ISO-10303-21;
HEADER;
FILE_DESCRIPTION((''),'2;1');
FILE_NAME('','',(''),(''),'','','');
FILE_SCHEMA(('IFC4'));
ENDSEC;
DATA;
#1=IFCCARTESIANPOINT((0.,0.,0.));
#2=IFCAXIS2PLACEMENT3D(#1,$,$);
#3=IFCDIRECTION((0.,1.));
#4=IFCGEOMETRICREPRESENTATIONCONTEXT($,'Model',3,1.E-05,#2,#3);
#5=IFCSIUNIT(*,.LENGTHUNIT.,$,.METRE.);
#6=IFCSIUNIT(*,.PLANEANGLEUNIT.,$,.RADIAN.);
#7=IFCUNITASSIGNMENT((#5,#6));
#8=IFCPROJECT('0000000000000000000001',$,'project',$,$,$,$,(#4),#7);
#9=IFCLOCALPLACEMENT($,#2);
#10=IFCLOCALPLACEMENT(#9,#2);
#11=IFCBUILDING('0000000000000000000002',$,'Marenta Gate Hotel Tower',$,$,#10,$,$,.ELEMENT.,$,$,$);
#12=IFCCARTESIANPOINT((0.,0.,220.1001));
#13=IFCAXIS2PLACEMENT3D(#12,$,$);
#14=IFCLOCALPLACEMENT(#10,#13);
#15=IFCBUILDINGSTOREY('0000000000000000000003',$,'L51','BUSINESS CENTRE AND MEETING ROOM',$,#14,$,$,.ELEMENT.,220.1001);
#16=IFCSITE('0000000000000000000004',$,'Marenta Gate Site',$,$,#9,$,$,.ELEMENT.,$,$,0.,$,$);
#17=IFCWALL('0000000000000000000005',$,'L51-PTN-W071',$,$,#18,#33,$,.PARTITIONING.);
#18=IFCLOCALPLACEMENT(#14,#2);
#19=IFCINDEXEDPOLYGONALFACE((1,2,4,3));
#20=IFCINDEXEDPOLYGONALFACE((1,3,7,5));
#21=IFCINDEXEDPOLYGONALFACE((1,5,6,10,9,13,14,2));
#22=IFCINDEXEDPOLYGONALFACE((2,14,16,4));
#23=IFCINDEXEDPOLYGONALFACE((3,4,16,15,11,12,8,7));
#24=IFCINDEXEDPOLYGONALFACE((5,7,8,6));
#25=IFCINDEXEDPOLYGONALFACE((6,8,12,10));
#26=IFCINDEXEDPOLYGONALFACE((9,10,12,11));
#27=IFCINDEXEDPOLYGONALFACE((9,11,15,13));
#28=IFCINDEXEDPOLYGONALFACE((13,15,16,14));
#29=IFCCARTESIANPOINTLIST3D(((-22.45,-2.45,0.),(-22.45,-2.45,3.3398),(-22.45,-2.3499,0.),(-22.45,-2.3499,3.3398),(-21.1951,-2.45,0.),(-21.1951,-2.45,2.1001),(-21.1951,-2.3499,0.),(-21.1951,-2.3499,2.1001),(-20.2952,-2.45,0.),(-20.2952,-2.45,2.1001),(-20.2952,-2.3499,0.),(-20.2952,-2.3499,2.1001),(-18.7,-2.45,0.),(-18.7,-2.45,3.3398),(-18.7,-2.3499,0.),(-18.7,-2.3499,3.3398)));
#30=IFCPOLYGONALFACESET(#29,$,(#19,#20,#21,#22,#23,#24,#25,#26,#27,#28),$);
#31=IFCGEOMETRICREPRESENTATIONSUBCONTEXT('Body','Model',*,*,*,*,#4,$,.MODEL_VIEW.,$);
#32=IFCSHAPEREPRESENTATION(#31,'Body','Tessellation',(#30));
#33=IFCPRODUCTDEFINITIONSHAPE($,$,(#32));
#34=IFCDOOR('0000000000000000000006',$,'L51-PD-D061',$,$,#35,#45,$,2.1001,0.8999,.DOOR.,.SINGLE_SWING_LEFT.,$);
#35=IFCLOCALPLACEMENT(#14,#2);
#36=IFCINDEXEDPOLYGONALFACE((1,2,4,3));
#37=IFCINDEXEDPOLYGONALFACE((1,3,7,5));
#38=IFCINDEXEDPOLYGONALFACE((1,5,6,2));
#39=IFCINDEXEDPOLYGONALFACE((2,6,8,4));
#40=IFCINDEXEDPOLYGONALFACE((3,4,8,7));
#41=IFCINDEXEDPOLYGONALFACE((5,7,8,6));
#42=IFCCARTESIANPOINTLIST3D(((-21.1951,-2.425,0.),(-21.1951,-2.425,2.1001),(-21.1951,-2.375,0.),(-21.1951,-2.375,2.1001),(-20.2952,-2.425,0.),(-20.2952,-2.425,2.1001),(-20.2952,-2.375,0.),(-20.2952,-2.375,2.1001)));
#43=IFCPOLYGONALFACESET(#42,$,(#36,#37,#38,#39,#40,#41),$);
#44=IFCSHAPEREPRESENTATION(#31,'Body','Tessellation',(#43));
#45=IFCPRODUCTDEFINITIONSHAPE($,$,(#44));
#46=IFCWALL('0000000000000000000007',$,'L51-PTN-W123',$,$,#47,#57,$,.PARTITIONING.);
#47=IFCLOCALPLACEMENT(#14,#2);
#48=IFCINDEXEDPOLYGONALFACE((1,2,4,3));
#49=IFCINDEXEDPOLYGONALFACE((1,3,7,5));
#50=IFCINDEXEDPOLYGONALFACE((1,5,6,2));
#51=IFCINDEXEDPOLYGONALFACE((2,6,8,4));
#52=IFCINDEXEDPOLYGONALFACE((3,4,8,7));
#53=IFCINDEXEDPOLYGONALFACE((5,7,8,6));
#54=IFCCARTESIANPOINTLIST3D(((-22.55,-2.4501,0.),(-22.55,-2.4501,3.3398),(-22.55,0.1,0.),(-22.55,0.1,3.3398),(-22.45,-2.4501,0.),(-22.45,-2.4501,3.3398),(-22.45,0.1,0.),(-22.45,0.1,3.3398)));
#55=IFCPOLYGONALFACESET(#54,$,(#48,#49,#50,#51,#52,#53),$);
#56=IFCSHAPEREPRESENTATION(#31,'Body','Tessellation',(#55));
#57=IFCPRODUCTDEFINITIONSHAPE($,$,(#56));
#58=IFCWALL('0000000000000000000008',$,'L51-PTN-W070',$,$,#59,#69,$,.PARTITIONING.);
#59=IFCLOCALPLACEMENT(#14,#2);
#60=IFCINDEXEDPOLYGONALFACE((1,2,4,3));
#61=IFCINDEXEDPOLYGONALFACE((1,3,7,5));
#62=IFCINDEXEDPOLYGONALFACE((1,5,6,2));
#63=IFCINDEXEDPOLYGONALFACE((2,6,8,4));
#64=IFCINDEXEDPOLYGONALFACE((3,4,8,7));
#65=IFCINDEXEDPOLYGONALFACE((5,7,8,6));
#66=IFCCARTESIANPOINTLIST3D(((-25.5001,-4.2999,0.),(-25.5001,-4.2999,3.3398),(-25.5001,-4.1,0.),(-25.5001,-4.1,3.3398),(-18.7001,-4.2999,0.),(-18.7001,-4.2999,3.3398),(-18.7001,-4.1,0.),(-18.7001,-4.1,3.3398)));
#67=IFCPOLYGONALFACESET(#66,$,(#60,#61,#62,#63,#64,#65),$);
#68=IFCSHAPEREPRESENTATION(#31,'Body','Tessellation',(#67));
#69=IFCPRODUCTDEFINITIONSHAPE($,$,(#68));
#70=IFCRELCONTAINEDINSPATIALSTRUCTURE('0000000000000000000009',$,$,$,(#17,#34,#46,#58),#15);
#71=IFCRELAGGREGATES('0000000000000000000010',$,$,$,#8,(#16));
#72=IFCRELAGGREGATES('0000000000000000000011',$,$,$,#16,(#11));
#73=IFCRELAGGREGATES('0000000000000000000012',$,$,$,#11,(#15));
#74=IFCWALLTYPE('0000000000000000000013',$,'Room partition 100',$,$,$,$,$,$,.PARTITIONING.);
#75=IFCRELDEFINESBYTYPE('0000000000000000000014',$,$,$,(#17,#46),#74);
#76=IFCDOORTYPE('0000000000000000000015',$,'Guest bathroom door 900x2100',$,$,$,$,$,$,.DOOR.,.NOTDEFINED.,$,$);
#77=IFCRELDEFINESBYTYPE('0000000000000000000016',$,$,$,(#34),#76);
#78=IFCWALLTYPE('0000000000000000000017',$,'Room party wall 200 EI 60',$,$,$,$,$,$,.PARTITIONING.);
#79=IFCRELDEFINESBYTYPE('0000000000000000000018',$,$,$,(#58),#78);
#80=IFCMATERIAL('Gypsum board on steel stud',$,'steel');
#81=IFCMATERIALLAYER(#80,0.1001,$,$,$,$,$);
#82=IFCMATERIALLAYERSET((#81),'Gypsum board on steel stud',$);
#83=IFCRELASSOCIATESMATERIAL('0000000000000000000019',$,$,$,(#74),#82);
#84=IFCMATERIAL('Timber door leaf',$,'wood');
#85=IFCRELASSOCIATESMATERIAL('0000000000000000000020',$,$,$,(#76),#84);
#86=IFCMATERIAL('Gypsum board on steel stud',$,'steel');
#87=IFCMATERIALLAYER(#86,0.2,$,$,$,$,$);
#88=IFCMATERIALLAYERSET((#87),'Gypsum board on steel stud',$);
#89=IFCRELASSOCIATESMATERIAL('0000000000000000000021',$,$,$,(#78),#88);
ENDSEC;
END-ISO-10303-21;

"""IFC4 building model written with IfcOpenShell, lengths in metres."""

from ifc_helpers import new_model, si_unit, direction, frame, frame_2d, origin, place, context, subcontext, project, spatial, rectangle, extrude, material, layer, layer_set, type_object, element, fill, save


model = new_model("IFC4")

# Units and contexts
model_context = context("Model", 3, precision=1e-05, world=origin(), true_north=direction((0.0, 1.0)))
body_context = subcontext(model_context, "Body", "Model", "MODEL_VIEW")
ifc_project = project(units=[si_unit("LENGTHUNIT", "METRE"), si_unit("PLANEANGLEUNIT", "RADIAN")], contexts=[model_context])

# Site, building, storey
site_placement = place(None, origin())
site = spatial("IfcSite", under=ifc_project, at=site_placement, Name="Marenta Gate Site", CompositionType="ELEMENT", RefElevation=0.0)
building_placement = place(site_placement, origin())
building = spatial("IfcBuilding", under=site, at=building_placement, Name="Marenta Gate Hotel Tower", CompositionType="ELEMENT")
storey_placement = place(building_placement, frame((0.0, 0.0, 220.1001)))
storey = spatial("IfcBuildingStorey", under=building, at=storey_placement, Name="L51", Description="BUSINESS CENTRE AND MEETING ROOM", CompositionType="ELEMENT", Elevation=220.1001)

# Shared definitions
ifc_material_1 = material(Name="Gypsum board on steel stud", Category="steel")
ifc_layer_1 = layer(ifc_material_1, 0.1001)
ifc_layer_set_1 = layer_set([ifc_layer_1], Name="Gypsum board on steel stud")
wall_type_1 = type_object("IfcWallType", Name="Room partition 100", PredefinedType="PARTITIONING", material=ifc_layer_set_1)

# Wall, opening, door
wall_1_placement = place(storey_placement, frame((-22.45, -2.3999, 0.0), z_axis=(0.0, 0.0, 1.0), x_axis=(1.0, 0.0, 0.0)))
wall_1 = element("IfcWall", 1, at=wall_1_placement, inside=storey, type_object=wall_type_1, Name="L51-PTN-W071", PredefinedType="PARTITIONING", context=body_context, shape_type="SweptSolid", body=[
    extrude(rectangle(XDim=3.75, YDim=0.1001, at=frame_2d((1.875, 0.0))), origin(), (0.0, 0.0, 1.0), 3.3398),
])
opening_placement = place(wall_1_placement, frame((1.2549, 0.0, 0.0)))
opening = element("IfcOpeningElement", 2, at=opening_placement, cuts=wall_1, PredefinedType="OPENING", context=body_context, shape_type="SweptSolid", body=[
    extrude(rectangle(XDim=0.8999, YDim=2.1001, at=frame_2d((0.45, 1.05))), frame((0.0, 0.05, 0.0), z_axis=(0.0, -1.0, 0.0), x_axis=(1.0, 0.0, 0.0)), (0.0, 0.0, 1.0), 0.1001),
])
ifc_material_2 = material(Name="Timber door leaf", Category="wood")
door_type = type_object("IfcDoorType", Name="Guest bathroom door 900x2100", OperationType="NOTDEFINED", PredefinedType="DOOR", material=ifc_material_2)
door_placement = place(opening_placement, origin())
door = element("IfcDoor", 3, at=door_placement, inside=storey, type_object=door_type, Name="L51-PD-D061", OperationType="SINGLE_SWING_LEFT", OverallHeight=2.1001, OverallWidth=0.8999, PredefinedType="DOOR", context=body_context, shape_type="SweptSolid", body=[
    extrude(rectangle(XDim=0.8999, YDim=2.1001, at=frame_2d((0.45, 1.05))), frame((0.0, 0.0249, 0.0), z_axis=(0.0, -1.0, 0.0), x_axis=(1.0, 0.0, 0.0)), (0.0, 0.0, 1.0), 0.05),
])
fill(opening, door)

# Walls
wall_2_placement = place(storey_placement, frame((-22.5, -2.45, 0.0), z_axis=(0.0, 0.0, 1.0), x_axis=(0.0, 1.0, 0.0)))
element("IfcWall", 4, at=wall_2_placement, inside=storey, type_object=wall_type_1, Name="L51-PTN-W123", PredefinedType="PARTITIONING", context=body_context, shape_type="SweptSolid", body=[
    extrude(rectangle(XDim=2.55, YDim=0.1001, at=frame_2d((1.2749, 0.0))), origin(), (0.0, 0.0, 1.0), 3.3398),
])
ifc_material_3 = material(Name="Gypsum board on steel stud", Category="steel")
ifc_layer_2 = layer(ifc_material_3, 0.2)
ifc_layer_set_2 = layer_set([ifc_layer_2], Name="Gypsum board on steel stud")
wall_type_2 = type_object("IfcWallType", Name="Room party wall 200 EI 60", PredefinedType="PARTITIONING", material=ifc_layer_set_2)
wall_3_placement = place(storey_placement, frame((-25.5, -4.2, 0.0), z_axis=(0.0, 0.0, 1.0), x_axis=(1.0, 0.0, 0.0)))
element("IfcWall", 5, at=wall_3_placement, inside=storey, type_object=wall_type_2, Name="L51-PTN-W070", PredefinedType="PARTITIONING", context=body_context, shape_type="SweptSolid", body=[
    extrude(rectangle(XDim=6.8, YDim=0.2, at=frame_2d((3.3999, 0.0))), origin(), (0.0, 0.0, 1.0), 3.3398),
])

save(model, "model.ifc")
